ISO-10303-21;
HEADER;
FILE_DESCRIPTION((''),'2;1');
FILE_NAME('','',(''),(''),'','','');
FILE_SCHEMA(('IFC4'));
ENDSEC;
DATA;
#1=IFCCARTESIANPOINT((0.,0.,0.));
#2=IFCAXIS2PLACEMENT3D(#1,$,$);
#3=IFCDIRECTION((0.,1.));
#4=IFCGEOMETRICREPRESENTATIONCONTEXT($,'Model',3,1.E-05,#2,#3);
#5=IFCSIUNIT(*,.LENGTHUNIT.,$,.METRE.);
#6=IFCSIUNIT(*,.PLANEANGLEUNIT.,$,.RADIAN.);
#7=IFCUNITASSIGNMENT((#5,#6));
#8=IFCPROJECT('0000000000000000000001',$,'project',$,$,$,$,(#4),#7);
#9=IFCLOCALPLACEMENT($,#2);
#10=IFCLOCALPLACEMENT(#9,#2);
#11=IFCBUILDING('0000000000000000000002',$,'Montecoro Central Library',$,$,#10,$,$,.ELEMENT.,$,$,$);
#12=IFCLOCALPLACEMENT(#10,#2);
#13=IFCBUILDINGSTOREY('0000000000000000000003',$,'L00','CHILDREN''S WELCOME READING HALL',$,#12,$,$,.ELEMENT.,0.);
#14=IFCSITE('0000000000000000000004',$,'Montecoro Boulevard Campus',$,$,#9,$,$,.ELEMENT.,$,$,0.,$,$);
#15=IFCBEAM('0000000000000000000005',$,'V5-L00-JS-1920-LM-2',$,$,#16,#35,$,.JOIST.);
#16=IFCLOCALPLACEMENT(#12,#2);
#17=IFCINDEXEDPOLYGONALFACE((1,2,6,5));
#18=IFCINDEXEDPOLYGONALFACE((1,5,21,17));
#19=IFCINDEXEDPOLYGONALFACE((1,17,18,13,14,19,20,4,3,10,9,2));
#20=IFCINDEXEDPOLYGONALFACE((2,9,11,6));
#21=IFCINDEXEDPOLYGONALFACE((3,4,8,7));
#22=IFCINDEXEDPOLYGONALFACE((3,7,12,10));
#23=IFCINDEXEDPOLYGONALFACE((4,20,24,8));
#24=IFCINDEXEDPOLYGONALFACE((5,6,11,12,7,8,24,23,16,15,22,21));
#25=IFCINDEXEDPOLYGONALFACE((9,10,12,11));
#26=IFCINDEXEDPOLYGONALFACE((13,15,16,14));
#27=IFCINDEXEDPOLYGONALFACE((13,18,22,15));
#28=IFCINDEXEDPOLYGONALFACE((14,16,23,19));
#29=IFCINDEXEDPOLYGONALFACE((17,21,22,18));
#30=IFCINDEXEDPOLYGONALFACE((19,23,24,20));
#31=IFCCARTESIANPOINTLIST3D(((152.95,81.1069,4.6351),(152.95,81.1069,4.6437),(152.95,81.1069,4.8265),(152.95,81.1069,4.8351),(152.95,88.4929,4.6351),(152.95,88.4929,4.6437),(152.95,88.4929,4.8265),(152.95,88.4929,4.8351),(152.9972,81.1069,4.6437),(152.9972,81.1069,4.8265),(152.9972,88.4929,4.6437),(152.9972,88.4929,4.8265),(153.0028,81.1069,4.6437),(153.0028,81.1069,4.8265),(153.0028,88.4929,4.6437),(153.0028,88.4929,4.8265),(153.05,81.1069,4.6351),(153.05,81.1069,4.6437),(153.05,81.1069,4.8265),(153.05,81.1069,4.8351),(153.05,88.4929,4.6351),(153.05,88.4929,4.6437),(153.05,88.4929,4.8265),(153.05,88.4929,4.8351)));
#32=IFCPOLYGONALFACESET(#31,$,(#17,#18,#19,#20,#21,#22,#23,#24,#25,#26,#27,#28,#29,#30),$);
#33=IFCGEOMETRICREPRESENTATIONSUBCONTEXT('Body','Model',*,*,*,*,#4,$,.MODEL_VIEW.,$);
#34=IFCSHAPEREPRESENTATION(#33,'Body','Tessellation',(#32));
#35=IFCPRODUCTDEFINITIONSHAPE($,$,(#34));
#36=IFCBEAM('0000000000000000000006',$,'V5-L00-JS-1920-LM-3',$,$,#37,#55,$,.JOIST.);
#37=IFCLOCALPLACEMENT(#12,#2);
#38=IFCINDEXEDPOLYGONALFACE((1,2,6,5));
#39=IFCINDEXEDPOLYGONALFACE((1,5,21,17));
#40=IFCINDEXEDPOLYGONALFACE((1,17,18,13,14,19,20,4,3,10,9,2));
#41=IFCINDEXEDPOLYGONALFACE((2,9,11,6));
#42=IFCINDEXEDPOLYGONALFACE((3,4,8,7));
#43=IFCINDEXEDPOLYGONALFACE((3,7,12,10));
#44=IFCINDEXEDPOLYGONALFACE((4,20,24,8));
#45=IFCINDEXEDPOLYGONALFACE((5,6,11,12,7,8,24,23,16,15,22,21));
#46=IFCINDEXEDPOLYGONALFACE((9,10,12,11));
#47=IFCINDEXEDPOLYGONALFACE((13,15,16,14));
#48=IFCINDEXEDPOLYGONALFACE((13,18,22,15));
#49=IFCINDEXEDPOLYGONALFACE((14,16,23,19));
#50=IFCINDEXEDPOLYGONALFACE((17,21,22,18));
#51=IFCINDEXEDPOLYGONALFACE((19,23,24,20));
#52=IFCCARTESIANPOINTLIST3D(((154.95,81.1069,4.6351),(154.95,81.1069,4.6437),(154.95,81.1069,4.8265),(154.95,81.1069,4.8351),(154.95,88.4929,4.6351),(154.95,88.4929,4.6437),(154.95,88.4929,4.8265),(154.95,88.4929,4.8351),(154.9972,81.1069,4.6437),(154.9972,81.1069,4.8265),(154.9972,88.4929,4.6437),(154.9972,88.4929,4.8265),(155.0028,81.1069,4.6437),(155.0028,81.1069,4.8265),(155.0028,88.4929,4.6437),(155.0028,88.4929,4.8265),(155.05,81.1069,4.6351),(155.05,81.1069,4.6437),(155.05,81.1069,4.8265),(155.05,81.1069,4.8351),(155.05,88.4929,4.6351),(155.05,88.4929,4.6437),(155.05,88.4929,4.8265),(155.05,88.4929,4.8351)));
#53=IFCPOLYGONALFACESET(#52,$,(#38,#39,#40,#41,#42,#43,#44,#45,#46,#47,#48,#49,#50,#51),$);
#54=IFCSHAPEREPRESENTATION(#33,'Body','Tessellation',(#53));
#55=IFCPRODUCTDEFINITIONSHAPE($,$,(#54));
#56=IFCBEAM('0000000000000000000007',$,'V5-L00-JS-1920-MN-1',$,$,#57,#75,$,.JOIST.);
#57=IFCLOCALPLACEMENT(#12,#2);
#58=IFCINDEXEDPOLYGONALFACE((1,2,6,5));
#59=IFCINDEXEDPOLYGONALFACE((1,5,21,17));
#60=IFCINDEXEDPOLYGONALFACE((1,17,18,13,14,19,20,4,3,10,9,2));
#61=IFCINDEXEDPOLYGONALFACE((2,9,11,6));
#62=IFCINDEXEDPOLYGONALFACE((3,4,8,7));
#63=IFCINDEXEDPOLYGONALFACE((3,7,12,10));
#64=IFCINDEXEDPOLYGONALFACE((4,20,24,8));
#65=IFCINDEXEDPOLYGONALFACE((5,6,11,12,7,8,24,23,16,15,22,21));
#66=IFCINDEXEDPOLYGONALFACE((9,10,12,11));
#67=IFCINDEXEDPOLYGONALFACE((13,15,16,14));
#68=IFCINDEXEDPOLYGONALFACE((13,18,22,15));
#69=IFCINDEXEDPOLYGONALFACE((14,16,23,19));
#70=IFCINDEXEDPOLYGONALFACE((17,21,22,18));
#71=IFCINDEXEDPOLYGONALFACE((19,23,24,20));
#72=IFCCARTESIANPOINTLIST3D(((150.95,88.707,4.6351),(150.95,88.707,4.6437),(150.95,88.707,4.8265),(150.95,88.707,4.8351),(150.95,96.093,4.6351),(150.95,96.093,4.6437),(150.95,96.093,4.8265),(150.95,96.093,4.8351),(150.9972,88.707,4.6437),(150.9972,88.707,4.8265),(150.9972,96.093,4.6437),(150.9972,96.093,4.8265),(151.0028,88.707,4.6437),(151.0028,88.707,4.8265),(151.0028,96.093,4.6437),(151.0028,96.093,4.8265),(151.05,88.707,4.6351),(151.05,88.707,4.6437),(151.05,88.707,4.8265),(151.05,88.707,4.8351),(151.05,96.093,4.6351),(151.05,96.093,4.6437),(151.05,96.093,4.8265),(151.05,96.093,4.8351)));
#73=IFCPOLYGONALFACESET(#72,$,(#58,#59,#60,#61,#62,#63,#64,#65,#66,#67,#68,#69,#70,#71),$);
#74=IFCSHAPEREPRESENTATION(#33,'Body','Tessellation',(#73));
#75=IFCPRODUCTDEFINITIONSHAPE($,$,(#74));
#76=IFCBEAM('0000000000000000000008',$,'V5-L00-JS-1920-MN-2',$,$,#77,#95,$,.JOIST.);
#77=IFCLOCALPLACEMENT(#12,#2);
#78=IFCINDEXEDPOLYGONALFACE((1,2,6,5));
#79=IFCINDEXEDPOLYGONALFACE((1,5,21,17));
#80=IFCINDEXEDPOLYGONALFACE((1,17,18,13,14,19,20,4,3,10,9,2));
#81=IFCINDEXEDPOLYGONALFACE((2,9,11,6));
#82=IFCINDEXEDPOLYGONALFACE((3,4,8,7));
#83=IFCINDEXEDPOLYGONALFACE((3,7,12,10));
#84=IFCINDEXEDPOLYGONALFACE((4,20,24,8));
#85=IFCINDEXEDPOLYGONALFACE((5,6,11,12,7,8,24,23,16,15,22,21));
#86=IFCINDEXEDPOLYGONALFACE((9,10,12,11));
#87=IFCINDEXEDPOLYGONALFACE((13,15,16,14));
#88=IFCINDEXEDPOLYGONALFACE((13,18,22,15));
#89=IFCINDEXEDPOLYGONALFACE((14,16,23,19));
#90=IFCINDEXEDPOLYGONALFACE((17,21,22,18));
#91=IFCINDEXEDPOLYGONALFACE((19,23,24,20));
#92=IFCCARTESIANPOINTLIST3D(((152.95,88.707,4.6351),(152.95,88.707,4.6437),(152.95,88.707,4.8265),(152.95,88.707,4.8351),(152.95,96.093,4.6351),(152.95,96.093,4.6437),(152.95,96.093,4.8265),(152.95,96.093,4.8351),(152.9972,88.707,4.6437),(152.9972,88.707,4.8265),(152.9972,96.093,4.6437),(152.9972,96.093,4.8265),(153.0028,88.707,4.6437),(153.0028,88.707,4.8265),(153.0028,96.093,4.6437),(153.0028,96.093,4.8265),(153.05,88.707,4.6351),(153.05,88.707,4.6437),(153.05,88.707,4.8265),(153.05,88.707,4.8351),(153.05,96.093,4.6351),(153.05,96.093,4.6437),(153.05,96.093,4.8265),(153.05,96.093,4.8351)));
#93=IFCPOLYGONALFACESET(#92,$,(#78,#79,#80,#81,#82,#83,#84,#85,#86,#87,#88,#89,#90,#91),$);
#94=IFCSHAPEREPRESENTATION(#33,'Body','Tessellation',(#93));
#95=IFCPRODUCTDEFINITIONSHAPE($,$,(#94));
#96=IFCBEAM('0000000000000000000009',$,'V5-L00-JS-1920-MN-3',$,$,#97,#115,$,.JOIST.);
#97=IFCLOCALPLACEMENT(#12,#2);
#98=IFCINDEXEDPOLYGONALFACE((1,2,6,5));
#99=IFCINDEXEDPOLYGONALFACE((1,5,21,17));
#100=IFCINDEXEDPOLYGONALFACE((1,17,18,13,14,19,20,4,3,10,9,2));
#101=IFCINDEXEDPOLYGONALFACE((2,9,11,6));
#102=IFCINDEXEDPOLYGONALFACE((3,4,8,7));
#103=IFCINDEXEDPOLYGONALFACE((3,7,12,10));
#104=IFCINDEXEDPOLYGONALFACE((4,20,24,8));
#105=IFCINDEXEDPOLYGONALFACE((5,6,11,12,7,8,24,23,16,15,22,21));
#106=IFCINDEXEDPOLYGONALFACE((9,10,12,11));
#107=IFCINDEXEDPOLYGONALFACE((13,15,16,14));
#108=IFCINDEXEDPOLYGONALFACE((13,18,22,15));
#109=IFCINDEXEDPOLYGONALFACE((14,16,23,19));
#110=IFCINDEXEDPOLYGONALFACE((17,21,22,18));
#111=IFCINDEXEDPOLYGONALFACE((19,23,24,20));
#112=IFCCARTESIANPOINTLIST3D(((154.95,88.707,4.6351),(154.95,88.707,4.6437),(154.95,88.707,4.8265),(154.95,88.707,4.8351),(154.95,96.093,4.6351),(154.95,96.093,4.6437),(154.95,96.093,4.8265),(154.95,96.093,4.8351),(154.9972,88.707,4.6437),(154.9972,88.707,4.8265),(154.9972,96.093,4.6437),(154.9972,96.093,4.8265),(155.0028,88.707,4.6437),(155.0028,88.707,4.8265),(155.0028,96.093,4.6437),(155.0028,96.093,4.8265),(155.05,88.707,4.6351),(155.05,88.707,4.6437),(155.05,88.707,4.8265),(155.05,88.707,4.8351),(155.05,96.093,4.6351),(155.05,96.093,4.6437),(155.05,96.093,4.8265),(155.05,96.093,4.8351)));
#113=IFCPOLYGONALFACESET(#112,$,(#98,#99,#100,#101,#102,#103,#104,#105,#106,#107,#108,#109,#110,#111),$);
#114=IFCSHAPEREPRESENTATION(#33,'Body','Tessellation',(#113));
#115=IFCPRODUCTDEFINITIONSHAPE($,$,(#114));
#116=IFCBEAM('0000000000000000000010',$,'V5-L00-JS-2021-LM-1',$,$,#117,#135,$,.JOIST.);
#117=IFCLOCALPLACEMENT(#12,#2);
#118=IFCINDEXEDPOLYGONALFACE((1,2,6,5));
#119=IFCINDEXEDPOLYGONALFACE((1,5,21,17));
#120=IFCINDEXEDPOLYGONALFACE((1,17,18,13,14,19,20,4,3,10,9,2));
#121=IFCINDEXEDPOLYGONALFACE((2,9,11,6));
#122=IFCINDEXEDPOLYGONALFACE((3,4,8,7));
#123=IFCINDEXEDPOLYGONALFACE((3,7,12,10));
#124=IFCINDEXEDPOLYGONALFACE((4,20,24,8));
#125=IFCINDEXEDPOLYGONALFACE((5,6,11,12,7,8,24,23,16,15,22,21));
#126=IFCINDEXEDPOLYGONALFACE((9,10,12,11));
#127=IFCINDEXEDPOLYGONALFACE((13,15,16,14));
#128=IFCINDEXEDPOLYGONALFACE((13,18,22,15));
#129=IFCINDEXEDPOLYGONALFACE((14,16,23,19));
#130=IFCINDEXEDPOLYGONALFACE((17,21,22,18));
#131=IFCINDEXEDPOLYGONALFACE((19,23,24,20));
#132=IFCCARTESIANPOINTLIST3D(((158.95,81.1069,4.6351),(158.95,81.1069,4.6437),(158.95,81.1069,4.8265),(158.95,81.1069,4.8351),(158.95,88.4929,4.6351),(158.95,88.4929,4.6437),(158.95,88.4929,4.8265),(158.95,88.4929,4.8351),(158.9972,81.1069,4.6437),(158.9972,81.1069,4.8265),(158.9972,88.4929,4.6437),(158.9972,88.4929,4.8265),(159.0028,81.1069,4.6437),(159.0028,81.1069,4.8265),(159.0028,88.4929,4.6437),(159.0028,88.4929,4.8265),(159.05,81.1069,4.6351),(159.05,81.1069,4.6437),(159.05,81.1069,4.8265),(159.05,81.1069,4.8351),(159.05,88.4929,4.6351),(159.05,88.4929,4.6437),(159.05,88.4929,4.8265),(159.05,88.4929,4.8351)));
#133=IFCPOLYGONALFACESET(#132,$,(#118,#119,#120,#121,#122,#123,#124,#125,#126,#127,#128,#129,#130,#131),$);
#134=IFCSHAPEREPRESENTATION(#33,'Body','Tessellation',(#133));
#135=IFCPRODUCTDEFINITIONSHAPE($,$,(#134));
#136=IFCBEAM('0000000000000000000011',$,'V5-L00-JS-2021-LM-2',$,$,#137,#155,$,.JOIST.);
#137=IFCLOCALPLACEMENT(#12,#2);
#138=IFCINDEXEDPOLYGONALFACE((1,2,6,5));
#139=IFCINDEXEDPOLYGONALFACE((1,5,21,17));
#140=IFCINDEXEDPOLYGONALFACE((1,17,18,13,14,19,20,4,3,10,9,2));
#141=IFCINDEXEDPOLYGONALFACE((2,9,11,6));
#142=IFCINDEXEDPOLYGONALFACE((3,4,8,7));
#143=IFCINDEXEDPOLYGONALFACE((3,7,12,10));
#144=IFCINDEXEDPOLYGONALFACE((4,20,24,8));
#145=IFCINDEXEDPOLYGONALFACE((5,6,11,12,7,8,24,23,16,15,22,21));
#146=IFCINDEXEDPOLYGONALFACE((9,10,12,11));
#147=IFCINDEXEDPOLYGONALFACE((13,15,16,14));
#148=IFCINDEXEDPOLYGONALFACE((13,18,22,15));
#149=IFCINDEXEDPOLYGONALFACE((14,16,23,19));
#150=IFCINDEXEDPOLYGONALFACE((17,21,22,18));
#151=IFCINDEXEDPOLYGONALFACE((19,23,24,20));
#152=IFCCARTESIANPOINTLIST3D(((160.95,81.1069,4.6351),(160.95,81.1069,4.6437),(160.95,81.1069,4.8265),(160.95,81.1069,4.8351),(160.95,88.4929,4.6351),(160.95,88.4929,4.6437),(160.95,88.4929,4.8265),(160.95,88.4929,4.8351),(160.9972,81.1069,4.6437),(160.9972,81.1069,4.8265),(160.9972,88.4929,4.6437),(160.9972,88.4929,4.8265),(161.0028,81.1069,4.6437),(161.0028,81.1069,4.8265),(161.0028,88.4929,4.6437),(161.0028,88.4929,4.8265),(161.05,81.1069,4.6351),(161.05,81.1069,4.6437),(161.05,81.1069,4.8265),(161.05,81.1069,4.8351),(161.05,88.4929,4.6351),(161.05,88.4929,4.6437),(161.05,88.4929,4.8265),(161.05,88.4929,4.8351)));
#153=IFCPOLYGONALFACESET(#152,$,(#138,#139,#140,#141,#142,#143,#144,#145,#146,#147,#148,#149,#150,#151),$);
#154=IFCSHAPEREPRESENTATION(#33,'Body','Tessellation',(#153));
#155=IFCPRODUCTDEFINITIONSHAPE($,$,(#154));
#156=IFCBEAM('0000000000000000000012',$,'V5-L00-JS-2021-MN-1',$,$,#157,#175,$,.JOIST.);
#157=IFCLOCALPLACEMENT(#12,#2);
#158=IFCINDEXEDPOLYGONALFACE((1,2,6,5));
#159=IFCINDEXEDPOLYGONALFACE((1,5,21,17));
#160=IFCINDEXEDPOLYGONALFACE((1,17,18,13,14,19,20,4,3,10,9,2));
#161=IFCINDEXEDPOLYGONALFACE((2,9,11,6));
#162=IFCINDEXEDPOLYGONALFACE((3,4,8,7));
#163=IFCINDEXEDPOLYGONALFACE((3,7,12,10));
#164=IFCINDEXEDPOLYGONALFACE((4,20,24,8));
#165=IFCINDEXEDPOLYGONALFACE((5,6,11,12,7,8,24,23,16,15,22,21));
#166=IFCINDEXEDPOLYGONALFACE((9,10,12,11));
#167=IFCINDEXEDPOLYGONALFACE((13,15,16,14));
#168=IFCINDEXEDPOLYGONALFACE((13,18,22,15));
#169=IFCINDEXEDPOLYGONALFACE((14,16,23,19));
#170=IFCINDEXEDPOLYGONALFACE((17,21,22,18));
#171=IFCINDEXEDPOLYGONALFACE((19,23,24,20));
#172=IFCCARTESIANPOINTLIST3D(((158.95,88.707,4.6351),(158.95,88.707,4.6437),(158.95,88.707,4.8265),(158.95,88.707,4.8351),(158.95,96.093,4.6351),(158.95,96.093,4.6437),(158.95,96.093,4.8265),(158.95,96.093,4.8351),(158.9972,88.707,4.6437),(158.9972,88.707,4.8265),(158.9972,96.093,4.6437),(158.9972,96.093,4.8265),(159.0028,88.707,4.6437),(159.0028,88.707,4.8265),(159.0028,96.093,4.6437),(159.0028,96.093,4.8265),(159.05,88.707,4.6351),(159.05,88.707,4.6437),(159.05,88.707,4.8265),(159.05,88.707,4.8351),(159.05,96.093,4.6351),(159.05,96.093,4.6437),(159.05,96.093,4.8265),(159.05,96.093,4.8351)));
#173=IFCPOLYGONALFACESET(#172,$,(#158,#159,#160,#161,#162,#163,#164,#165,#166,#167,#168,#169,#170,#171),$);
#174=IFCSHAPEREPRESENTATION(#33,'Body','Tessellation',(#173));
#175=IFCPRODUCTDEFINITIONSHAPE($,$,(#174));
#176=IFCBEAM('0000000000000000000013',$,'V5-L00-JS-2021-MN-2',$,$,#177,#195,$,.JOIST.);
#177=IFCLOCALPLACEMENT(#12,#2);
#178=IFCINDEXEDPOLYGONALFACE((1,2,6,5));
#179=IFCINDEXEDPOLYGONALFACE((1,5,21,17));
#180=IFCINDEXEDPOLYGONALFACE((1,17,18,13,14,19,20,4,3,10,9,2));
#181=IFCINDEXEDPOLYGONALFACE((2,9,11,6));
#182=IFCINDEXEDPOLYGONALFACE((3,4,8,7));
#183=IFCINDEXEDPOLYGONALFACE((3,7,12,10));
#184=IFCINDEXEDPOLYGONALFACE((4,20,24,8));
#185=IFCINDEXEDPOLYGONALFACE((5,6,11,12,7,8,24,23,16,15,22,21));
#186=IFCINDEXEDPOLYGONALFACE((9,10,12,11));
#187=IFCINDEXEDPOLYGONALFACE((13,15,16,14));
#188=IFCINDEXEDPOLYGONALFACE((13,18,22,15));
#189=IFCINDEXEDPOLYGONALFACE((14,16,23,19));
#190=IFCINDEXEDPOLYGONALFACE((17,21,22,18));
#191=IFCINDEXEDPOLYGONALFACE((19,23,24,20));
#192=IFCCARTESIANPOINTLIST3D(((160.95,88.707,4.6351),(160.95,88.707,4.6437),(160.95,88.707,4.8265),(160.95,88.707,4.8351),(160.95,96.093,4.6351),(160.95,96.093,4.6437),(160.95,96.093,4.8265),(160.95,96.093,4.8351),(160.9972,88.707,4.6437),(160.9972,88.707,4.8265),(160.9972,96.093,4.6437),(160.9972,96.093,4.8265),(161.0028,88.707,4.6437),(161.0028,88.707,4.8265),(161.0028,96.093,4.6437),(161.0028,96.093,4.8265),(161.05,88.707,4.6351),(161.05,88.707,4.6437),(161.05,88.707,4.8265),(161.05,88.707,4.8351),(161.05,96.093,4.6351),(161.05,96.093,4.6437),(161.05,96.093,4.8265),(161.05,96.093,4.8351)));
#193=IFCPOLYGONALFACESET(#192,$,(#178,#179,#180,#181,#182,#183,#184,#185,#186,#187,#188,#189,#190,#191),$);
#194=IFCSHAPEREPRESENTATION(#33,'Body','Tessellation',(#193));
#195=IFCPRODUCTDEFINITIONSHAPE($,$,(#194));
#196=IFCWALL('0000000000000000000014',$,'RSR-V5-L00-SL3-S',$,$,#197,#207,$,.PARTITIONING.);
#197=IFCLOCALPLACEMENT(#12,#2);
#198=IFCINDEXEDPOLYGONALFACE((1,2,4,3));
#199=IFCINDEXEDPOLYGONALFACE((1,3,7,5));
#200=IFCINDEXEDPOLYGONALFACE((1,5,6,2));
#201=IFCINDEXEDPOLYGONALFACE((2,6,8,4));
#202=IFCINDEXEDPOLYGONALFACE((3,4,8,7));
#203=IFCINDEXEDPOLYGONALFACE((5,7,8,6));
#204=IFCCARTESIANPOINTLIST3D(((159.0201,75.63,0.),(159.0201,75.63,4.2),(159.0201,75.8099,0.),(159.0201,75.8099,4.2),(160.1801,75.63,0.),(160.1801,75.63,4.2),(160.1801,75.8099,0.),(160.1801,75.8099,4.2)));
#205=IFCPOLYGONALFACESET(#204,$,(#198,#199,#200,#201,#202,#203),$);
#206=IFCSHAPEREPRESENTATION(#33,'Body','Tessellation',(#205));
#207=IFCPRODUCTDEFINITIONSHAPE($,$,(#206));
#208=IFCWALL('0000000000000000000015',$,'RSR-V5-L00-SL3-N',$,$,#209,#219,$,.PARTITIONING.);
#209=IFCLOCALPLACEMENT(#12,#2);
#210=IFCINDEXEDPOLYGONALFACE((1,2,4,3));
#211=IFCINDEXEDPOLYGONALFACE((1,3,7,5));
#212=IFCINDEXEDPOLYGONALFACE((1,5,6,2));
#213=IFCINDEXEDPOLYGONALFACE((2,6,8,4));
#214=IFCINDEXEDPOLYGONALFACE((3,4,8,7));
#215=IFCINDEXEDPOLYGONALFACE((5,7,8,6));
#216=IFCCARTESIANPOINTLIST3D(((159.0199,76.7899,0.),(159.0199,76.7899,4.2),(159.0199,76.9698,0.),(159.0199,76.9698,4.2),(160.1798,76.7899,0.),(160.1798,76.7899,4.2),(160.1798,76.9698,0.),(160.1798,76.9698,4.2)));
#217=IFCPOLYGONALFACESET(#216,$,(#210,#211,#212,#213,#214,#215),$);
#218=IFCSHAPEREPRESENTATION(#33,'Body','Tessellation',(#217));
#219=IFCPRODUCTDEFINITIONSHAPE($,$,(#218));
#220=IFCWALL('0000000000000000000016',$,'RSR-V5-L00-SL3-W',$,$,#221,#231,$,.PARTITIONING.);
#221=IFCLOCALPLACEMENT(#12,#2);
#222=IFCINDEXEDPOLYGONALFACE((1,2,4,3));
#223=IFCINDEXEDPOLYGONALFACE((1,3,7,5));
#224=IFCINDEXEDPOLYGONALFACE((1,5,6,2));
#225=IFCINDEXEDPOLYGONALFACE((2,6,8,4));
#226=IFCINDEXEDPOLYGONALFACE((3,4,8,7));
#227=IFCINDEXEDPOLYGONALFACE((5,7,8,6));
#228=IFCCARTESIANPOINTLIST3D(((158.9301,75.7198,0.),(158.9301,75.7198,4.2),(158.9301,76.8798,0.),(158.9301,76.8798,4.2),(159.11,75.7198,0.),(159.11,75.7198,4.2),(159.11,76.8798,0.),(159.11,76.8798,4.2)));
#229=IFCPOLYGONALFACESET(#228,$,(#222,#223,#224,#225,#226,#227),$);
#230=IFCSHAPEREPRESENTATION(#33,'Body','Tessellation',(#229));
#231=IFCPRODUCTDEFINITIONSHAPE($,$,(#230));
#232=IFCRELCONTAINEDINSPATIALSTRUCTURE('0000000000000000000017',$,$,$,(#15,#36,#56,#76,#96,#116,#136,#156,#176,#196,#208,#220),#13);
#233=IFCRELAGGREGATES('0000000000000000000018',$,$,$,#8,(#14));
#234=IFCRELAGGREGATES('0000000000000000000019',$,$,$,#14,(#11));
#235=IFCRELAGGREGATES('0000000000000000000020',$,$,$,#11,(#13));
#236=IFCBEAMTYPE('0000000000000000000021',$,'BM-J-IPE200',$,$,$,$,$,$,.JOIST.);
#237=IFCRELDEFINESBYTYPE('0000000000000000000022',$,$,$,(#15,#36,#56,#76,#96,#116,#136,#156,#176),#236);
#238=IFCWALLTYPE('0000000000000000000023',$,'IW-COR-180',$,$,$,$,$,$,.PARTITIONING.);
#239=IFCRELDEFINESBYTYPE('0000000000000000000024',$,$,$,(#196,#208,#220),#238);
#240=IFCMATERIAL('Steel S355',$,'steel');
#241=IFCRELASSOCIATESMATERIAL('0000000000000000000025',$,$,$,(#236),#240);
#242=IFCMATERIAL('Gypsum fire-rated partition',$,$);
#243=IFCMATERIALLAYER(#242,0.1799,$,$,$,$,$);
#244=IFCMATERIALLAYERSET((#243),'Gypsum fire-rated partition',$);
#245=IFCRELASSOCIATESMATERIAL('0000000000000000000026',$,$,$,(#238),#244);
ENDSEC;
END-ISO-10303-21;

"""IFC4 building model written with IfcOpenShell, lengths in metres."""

from ifc_helpers import new_model, si_unit, direction, frame, frame_2d, origin, origin_2d, place, context, subcontext, project, spatial, rectangle, i_section, extrude, material, layer, layer_set, material_profile, profile_set, type_object, element, save


model = new_model("IFC4")

# Units and contexts
model_context = context("Model", 3, precision=1e-05, world=origin(), true_north=direction((0.0, 1.0)))
body_context = subcontext(model_context, "Body", "Model", "MODEL_VIEW")
ifc_project = project(units=[si_unit("LENGTHUNIT", "METRE"), si_unit("PLANEANGLEUNIT", "RADIAN")], contexts=[model_context])

# Site, building, storey
site_placement = place(None, origin())
site = spatial("IfcSite", under=ifc_project, at=site_placement, Name="Montecoro Boulevard Campus", CompositionType="ELEMENT", RefElevation=0.0)
building_placement = place(site_placement, origin())
building = spatial("IfcBuilding", under=site, at=building_placement, Name="Montecoro Central Library", CompositionType="ELEMENT")
storey_placement = place(building_placement, origin())
storey = spatial("IfcBuildingStorey", under=building, at=storey_placement, Name="L00", Description="CHILDREN'S WELCOME READING HALL", CompositionType="ELEMENT", Elevation=0.0)

# Beams
ifc_material_1 = material(Name="Steel S355", Category="steel")
ifc_material_profile_1 = material_profile(ifc_material_1, i_section(OverallWidth=0.1001, OverallDepth=0.2, WebThickness=0.0056, FlangeThickness=0.0085, at=origin_2d()), Name="IPE 200")
ifc_profile_set_1 = profile_set([ifc_material_profile_1], Name="Steel S355")
beam_type_1 = type_object("IfcBeamType", Name="BM-J-IPE200", PredefinedType="JOIST", material=ifc_profile_set_1)
for number, where, z_axis, x_axis, name in (
    (1, (153.0, 81.1069, 4.7351), (0.0, 1.0, 0.0), (-1.0, 0.0, 0.0), "V5-L00-JS-1920-LM-2"),
    (2, (155.0, 81.1069, 4.7351), (0.0, 1.0, 0.0), (-1.0, 0.0, 0.0), "V5-L00-JS-1920-LM-3"),
    (3, (151.0, 88.707, 4.7351), (0.0, 1.0, 0.0), (-1.0, 0.0, 0.0), "V5-L00-JS-1920-MN-1"),
    (4, (153.0, 88.707, 4.7351), (0.0, 1.0, 0.0), (-1.0, 0.0, 0.0), "V5-L00-JS-1920-MN-2"),
    (5, (155.0, 88.707, 4.7351), (0.0, 1.0, 0.0), (-1.0, 0.0, 0.0), "V5-L00-JS-1920-MN-3"),
    (6, (159.0, 81.1069, 4.7351), (0.0, 1.0, 0.0), (-1.0, 0.0, 0.0), "V5-L00-JS-2021-LM-1"),
    (7, (161.0, 81.1069, 4.7351), (0.0, 1.0, 0.0), (-1.0, 0.0, 0.0), "V5-L00-JS-2021-LM-2"),
    (8, (159.0, 88.707, 4.7351), (0.0, 1.0, 0.0), (-1.0, 0.0, 0.0), "V5-L00-JS-2021-MN-1"),
    (9, (161.0, 88.707, 4.7351), (0.0, 1.0, 0.0), (-1.0, 0.0, 0.0), "V5-L00-JS-2021-MN-2"),
):
    element("IfcBeam", number, at=place(storey_placement, frame(where, z_axis=z_axis, x_axis=x_axis)), inside=storey, type_object=beam_type_1, Name=name, PredefinedType="JOIST", context=body_context, shape_type="SweptSolid", body=[
        extrude(i_section(OverallWidth=0.1001, OverallDepth=0.2, WebThickness=0.0056, FlangeThickness=0.0085, at=origin_2d()), origin(), (0.0, 0.0, 1.0), 7.386),
    ])

# Walls
ifc_material_2 = material(Name="Gypsum fire-rated partition")
ifc_layer = layer(ifc_material_2, 0.1799)
ifc_layer_set = layer_set([ifc_layer], Name="Gypsum fire-rated partition")
wall_type = type_object("IfcWallType", Name="IW-COR-180", PredefinedType="PARTITIONING", material=ifc_layer_set)
for number, where, z_axis, x_axis, name in (
    (10, (159.02, 75.72, 0.0), (0.0, 0.0, 1.0), (1.0, 0.0, 0.0), "RSR-V5-L00-SL3-S"),
    (11, (160.1799, 76.8799, 0.0), (0.0, 0.0, 1.0), (-1.0, 0.0, 0.0), "RSR-V5-L00-SL3-N"),
    (12, (159.02, 76.8799, 0.0), (0.0, 0.0, 1.0), (0.0, -1.0, 0.0), "RSR-V5-L00-SL3-W"),
):
    element("IfcWall", number, at=place(storey_placement, frame(where, z_axis=z_axis, x_axis=x_axis)), inside=storey, type_object=wall_type, Name=name, PredefinedType="PARTITIONING", context=body_context, shape_type="SweptSolid", body=[
        extrude(rectangle(XDim=1.1599, YDim=0.1799, at=frame_2d((0.5801, 0.0))), origin(), (0.0, 0.0, 1.0), 4.2),
    ])

save(model, "model.ifc")
